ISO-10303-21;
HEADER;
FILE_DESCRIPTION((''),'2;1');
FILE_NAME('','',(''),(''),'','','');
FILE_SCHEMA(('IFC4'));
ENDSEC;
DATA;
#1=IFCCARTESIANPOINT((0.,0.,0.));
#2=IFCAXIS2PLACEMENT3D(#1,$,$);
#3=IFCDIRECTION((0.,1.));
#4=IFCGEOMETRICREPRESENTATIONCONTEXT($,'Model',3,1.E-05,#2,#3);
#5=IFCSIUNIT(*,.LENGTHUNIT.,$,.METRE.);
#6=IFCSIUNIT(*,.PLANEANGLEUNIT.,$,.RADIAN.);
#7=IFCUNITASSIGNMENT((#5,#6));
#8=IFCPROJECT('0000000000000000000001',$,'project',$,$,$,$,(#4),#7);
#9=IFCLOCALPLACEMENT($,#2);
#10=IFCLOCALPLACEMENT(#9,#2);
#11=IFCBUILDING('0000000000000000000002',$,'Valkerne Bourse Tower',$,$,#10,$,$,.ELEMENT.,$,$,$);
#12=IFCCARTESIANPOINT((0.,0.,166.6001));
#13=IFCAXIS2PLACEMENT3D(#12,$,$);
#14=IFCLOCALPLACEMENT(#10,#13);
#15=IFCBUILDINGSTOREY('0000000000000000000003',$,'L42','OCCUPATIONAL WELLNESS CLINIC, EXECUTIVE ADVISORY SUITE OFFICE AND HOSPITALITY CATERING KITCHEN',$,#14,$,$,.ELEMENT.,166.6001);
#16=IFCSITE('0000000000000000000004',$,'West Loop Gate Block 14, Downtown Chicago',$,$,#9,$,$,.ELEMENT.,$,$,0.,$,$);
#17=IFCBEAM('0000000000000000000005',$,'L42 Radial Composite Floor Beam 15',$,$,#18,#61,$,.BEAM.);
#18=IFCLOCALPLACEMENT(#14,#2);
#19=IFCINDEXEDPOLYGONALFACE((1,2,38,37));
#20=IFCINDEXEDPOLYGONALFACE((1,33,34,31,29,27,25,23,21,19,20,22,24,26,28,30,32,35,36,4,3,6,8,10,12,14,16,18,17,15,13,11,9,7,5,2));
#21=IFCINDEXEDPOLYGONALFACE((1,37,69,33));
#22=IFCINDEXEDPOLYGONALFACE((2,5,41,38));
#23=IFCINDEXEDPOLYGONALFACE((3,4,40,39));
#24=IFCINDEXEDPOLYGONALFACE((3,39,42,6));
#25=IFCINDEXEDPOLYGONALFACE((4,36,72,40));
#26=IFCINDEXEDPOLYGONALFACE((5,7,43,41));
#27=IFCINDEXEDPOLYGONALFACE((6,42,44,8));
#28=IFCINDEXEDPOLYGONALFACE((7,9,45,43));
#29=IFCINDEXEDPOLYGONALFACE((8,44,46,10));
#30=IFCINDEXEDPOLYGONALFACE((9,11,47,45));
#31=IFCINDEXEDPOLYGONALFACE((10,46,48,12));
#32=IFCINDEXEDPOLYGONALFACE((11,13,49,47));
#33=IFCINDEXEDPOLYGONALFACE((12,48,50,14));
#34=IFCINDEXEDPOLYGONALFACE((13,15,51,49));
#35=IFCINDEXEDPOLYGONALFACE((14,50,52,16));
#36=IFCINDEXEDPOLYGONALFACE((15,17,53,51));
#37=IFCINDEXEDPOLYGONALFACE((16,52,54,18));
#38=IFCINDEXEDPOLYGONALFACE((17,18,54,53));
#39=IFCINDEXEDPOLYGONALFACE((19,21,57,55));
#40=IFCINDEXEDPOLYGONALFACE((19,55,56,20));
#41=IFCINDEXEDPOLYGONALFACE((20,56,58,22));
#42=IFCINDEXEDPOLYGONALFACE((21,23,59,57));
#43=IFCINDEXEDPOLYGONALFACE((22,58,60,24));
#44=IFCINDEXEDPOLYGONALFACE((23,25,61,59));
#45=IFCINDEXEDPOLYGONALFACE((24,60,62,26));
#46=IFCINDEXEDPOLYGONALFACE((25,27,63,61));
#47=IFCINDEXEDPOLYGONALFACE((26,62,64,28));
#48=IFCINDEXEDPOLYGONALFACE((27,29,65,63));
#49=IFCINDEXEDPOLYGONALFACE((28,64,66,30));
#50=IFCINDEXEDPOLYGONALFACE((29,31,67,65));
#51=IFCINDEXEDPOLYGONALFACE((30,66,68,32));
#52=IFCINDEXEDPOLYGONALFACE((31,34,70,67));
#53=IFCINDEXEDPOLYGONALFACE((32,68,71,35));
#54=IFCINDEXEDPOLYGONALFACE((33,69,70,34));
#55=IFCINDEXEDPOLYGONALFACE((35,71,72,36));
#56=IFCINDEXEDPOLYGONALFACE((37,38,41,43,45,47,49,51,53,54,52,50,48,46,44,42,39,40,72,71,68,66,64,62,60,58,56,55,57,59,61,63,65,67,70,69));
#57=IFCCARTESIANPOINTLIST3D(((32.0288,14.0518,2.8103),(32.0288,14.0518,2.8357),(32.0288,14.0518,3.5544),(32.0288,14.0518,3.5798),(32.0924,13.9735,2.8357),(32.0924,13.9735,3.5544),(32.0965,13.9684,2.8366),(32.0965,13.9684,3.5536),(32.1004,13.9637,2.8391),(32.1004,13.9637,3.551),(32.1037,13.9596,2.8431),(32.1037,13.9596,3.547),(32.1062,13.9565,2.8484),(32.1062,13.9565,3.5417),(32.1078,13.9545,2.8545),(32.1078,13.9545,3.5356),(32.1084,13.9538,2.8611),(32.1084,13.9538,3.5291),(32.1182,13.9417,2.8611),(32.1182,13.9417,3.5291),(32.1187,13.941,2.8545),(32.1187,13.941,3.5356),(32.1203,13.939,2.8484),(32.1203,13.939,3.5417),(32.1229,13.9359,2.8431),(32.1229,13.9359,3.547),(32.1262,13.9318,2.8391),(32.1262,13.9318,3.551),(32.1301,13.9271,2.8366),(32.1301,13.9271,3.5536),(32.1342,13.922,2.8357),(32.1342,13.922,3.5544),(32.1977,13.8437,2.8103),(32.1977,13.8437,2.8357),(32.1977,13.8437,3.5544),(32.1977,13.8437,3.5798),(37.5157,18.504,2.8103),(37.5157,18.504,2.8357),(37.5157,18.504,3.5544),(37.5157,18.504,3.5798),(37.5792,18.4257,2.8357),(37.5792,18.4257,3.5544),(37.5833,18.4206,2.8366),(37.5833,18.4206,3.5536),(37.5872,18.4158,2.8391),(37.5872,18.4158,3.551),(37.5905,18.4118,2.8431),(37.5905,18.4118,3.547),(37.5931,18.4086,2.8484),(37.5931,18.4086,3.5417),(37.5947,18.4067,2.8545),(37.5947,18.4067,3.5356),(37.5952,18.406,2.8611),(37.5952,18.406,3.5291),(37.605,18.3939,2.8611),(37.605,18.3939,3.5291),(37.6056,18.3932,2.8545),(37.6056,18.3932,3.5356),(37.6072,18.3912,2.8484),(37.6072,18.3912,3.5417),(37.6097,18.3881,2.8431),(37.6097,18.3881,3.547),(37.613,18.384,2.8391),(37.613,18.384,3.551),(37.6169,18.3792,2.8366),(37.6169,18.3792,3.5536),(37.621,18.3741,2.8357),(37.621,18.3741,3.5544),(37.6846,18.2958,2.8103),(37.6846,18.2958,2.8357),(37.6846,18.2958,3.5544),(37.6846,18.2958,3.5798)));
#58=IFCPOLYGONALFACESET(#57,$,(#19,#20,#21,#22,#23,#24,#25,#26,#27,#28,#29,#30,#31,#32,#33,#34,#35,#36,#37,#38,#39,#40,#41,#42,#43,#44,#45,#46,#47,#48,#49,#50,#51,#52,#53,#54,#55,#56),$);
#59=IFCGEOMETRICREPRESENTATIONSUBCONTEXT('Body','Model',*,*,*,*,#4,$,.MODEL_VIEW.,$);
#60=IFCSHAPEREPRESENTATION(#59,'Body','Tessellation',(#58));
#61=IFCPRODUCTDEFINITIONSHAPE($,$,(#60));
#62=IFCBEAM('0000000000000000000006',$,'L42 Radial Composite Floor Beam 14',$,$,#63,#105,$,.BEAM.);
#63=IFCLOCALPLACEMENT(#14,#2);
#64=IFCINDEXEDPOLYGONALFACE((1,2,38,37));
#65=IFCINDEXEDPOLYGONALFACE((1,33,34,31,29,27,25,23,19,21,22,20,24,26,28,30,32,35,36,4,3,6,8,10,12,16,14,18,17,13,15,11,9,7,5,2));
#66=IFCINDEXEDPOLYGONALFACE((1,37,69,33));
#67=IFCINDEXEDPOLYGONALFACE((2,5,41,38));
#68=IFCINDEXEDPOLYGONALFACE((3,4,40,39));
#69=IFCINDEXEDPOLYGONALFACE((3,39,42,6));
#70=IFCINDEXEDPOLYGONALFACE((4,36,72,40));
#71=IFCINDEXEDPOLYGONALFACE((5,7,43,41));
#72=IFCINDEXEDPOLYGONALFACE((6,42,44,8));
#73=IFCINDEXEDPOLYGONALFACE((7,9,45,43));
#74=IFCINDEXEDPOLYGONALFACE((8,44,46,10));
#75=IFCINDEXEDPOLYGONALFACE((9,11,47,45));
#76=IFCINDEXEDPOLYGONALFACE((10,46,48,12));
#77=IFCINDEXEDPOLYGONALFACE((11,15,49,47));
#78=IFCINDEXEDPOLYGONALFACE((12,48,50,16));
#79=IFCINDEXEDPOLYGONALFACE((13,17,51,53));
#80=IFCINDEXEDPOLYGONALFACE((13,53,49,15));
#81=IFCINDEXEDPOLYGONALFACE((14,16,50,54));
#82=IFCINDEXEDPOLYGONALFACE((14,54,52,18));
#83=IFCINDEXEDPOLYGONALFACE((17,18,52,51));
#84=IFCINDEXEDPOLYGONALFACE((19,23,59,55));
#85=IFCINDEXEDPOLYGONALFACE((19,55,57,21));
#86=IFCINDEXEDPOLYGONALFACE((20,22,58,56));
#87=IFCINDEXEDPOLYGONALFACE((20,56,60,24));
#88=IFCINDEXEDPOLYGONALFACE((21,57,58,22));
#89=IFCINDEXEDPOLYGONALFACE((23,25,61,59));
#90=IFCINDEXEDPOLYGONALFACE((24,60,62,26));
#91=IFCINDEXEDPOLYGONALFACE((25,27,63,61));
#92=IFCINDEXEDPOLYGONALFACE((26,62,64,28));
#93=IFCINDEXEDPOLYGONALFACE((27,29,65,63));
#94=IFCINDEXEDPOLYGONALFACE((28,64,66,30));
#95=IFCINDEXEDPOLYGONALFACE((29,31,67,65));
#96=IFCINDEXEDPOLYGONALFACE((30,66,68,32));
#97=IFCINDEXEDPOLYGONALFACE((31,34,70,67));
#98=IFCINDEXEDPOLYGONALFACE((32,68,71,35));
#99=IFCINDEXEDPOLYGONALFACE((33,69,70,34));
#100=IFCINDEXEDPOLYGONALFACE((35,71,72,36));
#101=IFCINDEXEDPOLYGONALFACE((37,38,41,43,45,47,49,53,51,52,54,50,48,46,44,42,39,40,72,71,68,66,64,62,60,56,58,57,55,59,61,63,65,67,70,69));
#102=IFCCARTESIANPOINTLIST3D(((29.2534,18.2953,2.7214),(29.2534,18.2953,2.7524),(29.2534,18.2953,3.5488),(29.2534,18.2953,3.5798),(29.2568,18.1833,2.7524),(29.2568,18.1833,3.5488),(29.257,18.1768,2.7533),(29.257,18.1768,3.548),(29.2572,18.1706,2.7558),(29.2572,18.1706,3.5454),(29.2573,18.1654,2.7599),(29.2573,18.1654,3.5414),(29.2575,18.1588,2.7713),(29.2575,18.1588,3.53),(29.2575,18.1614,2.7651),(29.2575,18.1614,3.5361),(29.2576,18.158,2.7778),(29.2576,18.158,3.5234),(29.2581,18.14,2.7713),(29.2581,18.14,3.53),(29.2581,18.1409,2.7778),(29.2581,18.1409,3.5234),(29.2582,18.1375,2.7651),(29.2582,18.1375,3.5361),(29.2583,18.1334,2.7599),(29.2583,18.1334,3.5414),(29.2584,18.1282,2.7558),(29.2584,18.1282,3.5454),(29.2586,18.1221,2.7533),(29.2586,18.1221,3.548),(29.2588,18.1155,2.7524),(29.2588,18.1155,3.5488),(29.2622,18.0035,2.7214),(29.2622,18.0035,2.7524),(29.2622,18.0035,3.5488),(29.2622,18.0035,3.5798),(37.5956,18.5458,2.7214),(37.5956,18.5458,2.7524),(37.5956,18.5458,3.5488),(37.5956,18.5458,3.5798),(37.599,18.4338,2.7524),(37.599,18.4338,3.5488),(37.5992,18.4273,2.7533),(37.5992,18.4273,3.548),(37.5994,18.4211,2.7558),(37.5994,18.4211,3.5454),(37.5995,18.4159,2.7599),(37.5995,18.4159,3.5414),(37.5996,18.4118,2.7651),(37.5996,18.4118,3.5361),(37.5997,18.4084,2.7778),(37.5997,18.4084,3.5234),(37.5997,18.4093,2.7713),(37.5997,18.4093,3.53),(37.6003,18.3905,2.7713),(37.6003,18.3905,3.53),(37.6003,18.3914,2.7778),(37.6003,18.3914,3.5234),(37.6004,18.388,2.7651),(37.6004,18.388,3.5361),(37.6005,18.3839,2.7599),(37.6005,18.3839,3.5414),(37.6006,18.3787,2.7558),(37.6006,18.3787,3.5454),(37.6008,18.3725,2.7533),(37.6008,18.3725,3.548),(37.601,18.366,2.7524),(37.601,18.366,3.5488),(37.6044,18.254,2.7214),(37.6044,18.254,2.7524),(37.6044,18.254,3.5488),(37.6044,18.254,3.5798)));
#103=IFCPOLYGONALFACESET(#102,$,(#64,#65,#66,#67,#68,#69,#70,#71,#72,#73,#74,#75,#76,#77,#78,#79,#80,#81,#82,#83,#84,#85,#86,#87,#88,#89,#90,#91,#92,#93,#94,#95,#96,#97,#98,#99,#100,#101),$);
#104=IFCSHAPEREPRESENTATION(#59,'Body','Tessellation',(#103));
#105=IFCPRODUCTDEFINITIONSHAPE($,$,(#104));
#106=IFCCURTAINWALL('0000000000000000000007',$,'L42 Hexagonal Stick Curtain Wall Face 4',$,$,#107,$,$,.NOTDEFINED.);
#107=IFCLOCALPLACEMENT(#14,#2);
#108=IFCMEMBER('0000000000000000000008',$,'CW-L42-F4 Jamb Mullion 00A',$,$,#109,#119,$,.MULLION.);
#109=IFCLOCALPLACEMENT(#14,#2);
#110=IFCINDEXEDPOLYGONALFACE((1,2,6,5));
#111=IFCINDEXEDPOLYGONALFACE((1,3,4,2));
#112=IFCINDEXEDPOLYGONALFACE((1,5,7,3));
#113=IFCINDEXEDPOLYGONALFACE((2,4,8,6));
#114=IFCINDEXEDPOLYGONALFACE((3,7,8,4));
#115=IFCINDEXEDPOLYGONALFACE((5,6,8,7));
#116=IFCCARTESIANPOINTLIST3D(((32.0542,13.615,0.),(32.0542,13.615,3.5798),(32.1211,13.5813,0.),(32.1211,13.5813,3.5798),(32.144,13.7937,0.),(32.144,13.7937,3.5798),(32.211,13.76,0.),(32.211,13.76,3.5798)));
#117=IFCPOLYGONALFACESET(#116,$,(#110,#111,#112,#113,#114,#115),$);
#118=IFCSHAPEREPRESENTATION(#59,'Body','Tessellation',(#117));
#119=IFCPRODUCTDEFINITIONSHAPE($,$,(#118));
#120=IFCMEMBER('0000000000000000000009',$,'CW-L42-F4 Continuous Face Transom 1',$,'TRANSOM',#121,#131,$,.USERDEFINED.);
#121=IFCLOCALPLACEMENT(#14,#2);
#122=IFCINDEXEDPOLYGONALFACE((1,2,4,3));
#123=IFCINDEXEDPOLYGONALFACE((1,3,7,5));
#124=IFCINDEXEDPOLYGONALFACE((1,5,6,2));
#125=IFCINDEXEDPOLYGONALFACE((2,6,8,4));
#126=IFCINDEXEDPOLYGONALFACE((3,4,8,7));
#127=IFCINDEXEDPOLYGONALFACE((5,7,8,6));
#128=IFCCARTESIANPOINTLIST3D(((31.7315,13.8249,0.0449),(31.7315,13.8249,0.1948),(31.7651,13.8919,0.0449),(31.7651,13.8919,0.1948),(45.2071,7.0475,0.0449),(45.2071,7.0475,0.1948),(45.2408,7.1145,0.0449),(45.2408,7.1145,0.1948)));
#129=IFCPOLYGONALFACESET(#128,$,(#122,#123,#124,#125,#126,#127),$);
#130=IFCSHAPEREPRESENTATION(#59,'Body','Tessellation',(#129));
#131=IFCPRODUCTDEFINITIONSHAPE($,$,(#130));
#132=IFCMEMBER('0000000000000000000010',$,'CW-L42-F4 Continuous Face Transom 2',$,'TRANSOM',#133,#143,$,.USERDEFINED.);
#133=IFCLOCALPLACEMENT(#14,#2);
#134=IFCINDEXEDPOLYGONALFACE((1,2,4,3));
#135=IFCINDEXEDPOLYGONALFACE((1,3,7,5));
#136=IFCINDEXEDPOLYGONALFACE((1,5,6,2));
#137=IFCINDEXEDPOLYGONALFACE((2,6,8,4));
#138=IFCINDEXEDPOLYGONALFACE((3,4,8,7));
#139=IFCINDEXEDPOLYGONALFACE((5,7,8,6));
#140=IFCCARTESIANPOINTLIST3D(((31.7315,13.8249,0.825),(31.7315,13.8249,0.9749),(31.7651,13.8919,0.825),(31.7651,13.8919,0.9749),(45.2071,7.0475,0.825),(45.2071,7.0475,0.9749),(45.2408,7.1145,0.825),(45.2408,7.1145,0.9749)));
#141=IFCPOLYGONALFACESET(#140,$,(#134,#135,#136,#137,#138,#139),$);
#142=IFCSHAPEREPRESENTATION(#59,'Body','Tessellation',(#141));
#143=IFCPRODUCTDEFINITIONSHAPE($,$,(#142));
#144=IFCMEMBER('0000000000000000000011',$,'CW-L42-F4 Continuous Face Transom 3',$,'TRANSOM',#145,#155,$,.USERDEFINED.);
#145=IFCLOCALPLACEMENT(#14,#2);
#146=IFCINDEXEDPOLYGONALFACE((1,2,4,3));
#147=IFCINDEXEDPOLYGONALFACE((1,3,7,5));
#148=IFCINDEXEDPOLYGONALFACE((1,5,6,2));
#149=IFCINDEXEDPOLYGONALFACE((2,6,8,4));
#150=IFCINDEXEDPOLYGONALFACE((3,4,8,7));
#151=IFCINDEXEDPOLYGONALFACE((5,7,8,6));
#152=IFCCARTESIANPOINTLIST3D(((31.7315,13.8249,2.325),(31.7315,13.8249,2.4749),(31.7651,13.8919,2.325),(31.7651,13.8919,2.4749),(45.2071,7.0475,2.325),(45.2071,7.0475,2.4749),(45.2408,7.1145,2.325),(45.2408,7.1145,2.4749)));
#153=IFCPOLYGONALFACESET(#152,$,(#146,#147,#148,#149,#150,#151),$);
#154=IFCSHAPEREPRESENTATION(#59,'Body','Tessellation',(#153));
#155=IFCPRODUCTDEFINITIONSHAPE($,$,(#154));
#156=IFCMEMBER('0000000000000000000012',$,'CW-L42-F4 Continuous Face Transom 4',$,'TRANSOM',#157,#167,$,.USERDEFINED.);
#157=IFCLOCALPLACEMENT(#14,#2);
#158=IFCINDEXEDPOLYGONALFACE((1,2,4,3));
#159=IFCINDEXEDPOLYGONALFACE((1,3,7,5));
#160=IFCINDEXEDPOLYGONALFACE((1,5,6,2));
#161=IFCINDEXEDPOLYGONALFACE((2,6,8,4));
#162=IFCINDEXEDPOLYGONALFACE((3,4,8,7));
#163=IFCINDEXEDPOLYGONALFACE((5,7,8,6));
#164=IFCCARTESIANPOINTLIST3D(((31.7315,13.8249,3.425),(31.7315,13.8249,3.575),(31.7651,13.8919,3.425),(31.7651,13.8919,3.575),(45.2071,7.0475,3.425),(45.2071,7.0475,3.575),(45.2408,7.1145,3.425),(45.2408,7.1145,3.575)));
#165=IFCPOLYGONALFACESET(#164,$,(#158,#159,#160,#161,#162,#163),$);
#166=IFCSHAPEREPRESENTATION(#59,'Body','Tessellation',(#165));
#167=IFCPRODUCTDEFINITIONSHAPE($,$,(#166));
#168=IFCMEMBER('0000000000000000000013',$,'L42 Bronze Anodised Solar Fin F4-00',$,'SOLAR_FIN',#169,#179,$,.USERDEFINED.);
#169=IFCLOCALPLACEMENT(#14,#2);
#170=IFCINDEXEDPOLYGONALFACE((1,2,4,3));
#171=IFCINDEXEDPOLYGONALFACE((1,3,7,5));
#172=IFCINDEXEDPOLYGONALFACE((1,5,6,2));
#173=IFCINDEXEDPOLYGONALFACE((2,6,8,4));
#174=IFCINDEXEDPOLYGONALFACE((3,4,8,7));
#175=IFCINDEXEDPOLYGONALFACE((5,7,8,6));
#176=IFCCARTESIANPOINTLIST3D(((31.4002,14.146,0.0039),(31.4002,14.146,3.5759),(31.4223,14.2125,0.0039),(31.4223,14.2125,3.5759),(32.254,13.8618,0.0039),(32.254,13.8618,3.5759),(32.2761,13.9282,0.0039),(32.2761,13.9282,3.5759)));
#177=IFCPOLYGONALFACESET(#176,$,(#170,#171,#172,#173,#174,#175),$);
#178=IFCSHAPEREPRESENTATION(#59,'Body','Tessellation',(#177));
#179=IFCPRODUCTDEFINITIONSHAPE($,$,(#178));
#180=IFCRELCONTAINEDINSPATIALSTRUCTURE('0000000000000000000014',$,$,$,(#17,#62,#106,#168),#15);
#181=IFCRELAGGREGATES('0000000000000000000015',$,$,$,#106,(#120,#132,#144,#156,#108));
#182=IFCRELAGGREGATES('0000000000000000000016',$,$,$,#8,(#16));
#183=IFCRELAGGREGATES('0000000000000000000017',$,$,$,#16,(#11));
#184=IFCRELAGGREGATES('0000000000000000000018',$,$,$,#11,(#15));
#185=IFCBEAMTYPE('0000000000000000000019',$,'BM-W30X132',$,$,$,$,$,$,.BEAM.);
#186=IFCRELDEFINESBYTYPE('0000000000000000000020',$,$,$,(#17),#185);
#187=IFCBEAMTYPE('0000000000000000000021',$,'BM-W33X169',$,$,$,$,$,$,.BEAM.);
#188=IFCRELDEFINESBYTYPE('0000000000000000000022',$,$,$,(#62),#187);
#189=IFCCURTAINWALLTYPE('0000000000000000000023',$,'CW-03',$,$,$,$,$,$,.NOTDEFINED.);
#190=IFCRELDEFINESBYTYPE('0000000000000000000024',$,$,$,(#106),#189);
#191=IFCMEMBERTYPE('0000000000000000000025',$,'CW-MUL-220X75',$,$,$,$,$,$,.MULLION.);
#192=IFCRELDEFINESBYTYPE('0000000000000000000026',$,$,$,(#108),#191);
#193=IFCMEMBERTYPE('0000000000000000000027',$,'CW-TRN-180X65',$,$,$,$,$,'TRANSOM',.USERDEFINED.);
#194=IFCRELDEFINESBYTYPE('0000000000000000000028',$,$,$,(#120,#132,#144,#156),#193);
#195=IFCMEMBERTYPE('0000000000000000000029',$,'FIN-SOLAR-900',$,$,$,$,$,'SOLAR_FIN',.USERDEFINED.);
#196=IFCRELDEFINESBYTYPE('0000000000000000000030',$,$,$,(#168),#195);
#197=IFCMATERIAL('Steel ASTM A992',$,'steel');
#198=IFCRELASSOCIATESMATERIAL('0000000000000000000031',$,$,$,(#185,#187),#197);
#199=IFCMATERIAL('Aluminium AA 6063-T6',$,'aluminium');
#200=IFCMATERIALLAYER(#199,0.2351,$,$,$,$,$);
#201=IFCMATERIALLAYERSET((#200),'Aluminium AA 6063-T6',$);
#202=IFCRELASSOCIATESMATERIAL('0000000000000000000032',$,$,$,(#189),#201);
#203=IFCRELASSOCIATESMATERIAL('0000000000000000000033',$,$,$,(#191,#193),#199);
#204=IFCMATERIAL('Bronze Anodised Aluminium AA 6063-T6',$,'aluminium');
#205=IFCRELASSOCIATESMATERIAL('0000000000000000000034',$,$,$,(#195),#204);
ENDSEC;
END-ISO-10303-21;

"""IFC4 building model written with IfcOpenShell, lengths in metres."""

from ifc_helpers import new_model, si_unit, direction, frame, origin, origin_2d, place, context, subcontext, project, spatial, rectangle, i_section, extrude, material, layer, layer_set, material_profile, profile_set, type_object, element, aggregate, save


model = new_model("IFC4")

# Units and contexts
model_context = context("Model", 3, precision=1e-05, world=origin(), true_north=direction((0.0, 1.0)))
body_context = subcontext(model_context, "Body", "Model", "MODEL_VIEW")
ifc_project = project(units=[si_unit("LENGTHUNIT", "METRE"), si_unit("PLANEANGLEUNIT", "RADIAN")], contexts=[model_context])

# Site, building, storey
site_placement = place(None, origin())
site = spatial("IfcSite", under=ifc_project, at=site_placement, Name="West Loop Gate Block 14, Downtown Chicago", CompositionType="ELEMENT", RefElevation=0.0)
building_placement = place(site_placement, origin())
building = spatial("IfcBuilding", under=site, at=building_placement, Name="Valkerne Bourse Tower", CompositionType="ELEMENT")
storey_placement = place(building_placement, frame((0.0, 0.0, 166.6001)))
storey = spatial("IfcBuildingStorey", under=building, at=storey_placement, Name="L42", Description="OCCUPATIONAL WELLNESS CLINIC, EXECUTIVE ADVISORY SUITE OFFICE AND HOSPITALITY CATERING KITCHEN", CompositionType="ELEMENT", Elevation=166.6001)

# Beams
ifc_material_1 = material(Name="Steel ASTM A992", Category="steel")
ifc_material_profile_1 = material_profile(ifc_material_1, i_section(OverallWidth=0.2681, OverallDepth=0.7695, WebThickness=0.0156, FlangeThickness=0.0254, FilletRadius=0.0254, at=origin_2d()), Name="W30X132")
ifc_profile_set_1 = profile_set([ifc_material_profile_1], Name="Steel ASTM A992")
beam_type_1 = type_object("IfcBeamType", Name="BM-W30X132", PredefinedType="BEAM", material=ifc_profile_set_1)
beam_1_placement = place(storey_placement, frame((32.1133, 13.9478, 3.1951), z_axis=(0.776522, 0.63009, 0.0), x_axis=(-0.63009, 0.776522, 0.0)))
element("IfcBeam", 1, at=beam_1_placement, inside=storey, type_object=beam_type_1, Name="L42 Radial Composite Floor Beam 15", PredefinedType="BEAM", context=body_context, shape_type="SweptSolid", body=[
    extrude(i_section(OverallWidth=0.2681, OverallDepth=0.7695, WebThickness=0.0156, FlangeThickness=0.0254, FilletRadius=0.0254, at=origin_2d()), origin(), (0.0, 0.0, 1.0), 7.0659),
])
ifc_material_profile_2 = material_profile(ifc_material_1, i_section(OverallWidth=0.292, OverallDepth=0.8584, WebThickness=0.0171, FlangeThickness=0.031, FilletRadius=0.0254, at=origin_2d()), Name="W33X169")
ifc_profile_set_2 = profile_set([ifc_material_profile_2], Name="Steel ASTM A992")
beam_type_2 = type_object("IfcBeamType", Name="BM-W33X169", PredefinedType="BEAM", material=ifc_profile_set_2)
beam_2_placement = place(storey_placement, frame((29.2578, 18.1494, 3.1506), z_axis=(0.99955, 0.030013, 0.0), x_axis=(-0.030013, 0.99955, 0.0)))
element("IfcBeam", 2, at=beam_2_placement, inside=storey, type_object=beam_type_2, Name="L42 Radial Composite Floor Beam 14", PredefinedType="BEAM", context=body_context, shape_type="SweptSolid", body=[
    extrude(i_section(OverallWidth=0.292, OverallDepth=0.8584, WebThickness=0.0171, FlangeThickness=0.031, FilletRadius=0.0254, at=origin_2d()), origin(), (0.0, 0.0, 1.0), 8.3459),
])

# Curtain wall, members
ifc_material_2 = material(Name="Aluminium AA 6063-T6", Category="aluminium")
ifc_layer_1 = layer(ifc_material_2, 0.2351)
ifc_layer_set_1 = layer_set([ifc_layer_1], Name="Aluminium AA 6063-T6")
curtain_wall_type = type_object("IfcCurtainWallType", Name="CW-03", PredefinedType="NOTDEFINED", material=ifc_layer_set_1)
curtain_wall_placement = place(storey_placement, origin())
curtain_wall = element("IfcCurtainWall", 3, at=curtain_wall_placement, inside=storey, type_object=curtain_wall_type, Name="L42 Hexagonal Stick Curtain Wall Face 4", PredefinedType="NOTDEFINED")
ifc_material_profile_3 = material_profile(ifc_material_2, rectangle(XDim=0.075, YDim=0.2, at=origin_2d()), Name="CWM-75X200")
ifc_profile_set_3 = profile_set([ifc_material_profile_3], Name="Aluminium AA 6063-T6")
member_type_1 = type_object("IfcMemberType", Name="CW-MUL-220X75", PredefinedType="MULLION", material=ifc_profile_set_3)
member_1_placement = place(storey_placement, frame((32.1326, 13.6875, 0.0), z_axis=(0.0, 0.0, 1.0), x_axis=(0.893369, -0.449323, 0.0)))
member_1 = element("IfcMember", 4, at=member_1_placement, type_object=member_type_1, Name="CW-L42-F4 Jamb Mullion 00A", PredefinedType="MULLION", context=body_context, shape_type="SweptSolid", body=[
    extrude(rectangle(XDim=0.075, YDim=0.2, at=origin_2d()), origin(), (0.0, 0.0, 1.0), 3.5798),
])
ifc_material_profile_4 = material_profile(ifc_material_2, rectangle(XDim=0.075, YDim=0.1499, at=origin_2d()), Name="CWT-75X150")
ifc_profile_set_4 = profile_set([ifc_material_profile_4], Name="Aluminium AA 6063-T6")
member_type_2 = type_object("IfcMemberType", Name="CW-TRN-180X65", ElementType="TRANSOM", PredefinedType="USERDEFINED", material=ifc_profile_set_4)
member_2_placement = place(storey_placement, frame((31.7483, 13.8584, 0.1199), z_axis=(0.893376, -0.44931, 0.0), x_axis=(0.44931, 0.893376, 0.0)))
member_2 = element("IfcMember", 5, at=member_2_placement, type_object=member_type_2, Name="CW-L42-F4 Continuous Face Transom 1", ObjectType="TRANSOM", PredefinedType="USERDEFINED", context=body_context, shape_type="SweptSolid", body=[
    extrude(rectangle(XDim=0.075, YDim=0.1499, at=origin_2d()), origin(), (0.0, 0.0, 1.0), 15.084),
])
member_3_placement = place(storey_placement, frame((31.7483, 13.8584, 0.8999), z_axis=(0.893376, -0.44931, 0.0), x_axis=(0.44931, 0.893376, 0.0)))
member_3 = element("IfcMember", 6, at=member_3_placement, type_object=member_type_2, Name="CW-L42-F4 Continuous Face Transom 2", ObjectType="TRANSOM", PredefinedType="USERDEFINED", context=body_context, shape_type="SweptSolid", body=[
    extrude(rectangle(XDim=0.075, YDim=0.1499, at=origin_2d()), origin(), (0.0, 0.0, 1.0), 15.084),
])
member_4_placement = place(storey_placement, frame((31.7483, 13.8584, 2.3999), z_axis=(0.893376, -0.44931, 0.0), x_axis=(0.44931, 0.893376, 0.0)))
member_4 = element("IfcMember", 7, at=member_4_placement, type_object=member_type_2, Name="CW-L42-F4 Continuous Face Transom 3", ObjectType="TRANSOM", PredefinedType="USERDEFINED", context=body_context, shape_type="SweptSolid", body=[
    extrude(rectangle(XDim=0.075, YDim=0.1499, at=origin_2d()), origin(), (0.0, 0.0, 1.0), 15.084),
])
member_5_placement = place(storey_placement, frame((31.7483, 13.8584, 3.5), z_axis=(0.893376, -0.44931, 0.0), x_axis=(0.44931, 0.893376, 0.0)))
member_5 = element("IfcMember", 8, at=member_5_placement, type_object=member_type_2, Name="CW-L42-F4 Continuous Face Transom 4", ObjectType="TRANSOM", PredefinedType="USERDEFINED", context=body_context, shape_type="SweptSolid", body=[
    extrude(rectangle(XDim=0.075, YDim=0.1499, at=origin_2d()), origin(), (0.0, 0.0, 1.0), 15.084),
])
aggregate(curtain_wall, [member_2, member_3, member_4, member_5, member_1])

# Member
ifc_material_3 = material(Name="Bronze Anodised Aluminium AA 6063-T6", Category="aluminium")
ifc_material_profile_5 = material_profile(ifc_material_3, rectangle(XDim=0.0701, YDim=0.8999, at=origin_2d()), Name="FIN-70X900")
ifc_profile_set_5 = profile_set([ifc_material_profile_5], Name="Bronze Anodised Aluminium AA 6063-T6")
member_type_3 = type_object("IfcMemberType", Name="FIN-SOLAR-900", ElementType="SOLAR_FIN", PredefinedType="USERDEFINED", material=ifc_profile_set_5)
member_6_placement = place(storey_placement, frame((31.8381, 14.0371, 0.0039), z_axis=(0.0, 0.0, 1.0), x_axis=(-0.31585, -0.948809, 0.0)))
element("IfcMember", 9, at=member_6_placement, inside=storey, type_object=member_type_3, Name="L42 Bronze Anodised Solar Fin F4-00", ObjectType="SOLAR_FIN", PredefinedType="USERDEFINED", context=body_context, shape_type="SweptSolid", body=[
    extrude(rectangle(XDim=0.0701, YDim=0.8999, at=origin_2d()), origin(), (0.0, 0.0, 1.0), 3.572),
])

save(model, "model.ifc")
